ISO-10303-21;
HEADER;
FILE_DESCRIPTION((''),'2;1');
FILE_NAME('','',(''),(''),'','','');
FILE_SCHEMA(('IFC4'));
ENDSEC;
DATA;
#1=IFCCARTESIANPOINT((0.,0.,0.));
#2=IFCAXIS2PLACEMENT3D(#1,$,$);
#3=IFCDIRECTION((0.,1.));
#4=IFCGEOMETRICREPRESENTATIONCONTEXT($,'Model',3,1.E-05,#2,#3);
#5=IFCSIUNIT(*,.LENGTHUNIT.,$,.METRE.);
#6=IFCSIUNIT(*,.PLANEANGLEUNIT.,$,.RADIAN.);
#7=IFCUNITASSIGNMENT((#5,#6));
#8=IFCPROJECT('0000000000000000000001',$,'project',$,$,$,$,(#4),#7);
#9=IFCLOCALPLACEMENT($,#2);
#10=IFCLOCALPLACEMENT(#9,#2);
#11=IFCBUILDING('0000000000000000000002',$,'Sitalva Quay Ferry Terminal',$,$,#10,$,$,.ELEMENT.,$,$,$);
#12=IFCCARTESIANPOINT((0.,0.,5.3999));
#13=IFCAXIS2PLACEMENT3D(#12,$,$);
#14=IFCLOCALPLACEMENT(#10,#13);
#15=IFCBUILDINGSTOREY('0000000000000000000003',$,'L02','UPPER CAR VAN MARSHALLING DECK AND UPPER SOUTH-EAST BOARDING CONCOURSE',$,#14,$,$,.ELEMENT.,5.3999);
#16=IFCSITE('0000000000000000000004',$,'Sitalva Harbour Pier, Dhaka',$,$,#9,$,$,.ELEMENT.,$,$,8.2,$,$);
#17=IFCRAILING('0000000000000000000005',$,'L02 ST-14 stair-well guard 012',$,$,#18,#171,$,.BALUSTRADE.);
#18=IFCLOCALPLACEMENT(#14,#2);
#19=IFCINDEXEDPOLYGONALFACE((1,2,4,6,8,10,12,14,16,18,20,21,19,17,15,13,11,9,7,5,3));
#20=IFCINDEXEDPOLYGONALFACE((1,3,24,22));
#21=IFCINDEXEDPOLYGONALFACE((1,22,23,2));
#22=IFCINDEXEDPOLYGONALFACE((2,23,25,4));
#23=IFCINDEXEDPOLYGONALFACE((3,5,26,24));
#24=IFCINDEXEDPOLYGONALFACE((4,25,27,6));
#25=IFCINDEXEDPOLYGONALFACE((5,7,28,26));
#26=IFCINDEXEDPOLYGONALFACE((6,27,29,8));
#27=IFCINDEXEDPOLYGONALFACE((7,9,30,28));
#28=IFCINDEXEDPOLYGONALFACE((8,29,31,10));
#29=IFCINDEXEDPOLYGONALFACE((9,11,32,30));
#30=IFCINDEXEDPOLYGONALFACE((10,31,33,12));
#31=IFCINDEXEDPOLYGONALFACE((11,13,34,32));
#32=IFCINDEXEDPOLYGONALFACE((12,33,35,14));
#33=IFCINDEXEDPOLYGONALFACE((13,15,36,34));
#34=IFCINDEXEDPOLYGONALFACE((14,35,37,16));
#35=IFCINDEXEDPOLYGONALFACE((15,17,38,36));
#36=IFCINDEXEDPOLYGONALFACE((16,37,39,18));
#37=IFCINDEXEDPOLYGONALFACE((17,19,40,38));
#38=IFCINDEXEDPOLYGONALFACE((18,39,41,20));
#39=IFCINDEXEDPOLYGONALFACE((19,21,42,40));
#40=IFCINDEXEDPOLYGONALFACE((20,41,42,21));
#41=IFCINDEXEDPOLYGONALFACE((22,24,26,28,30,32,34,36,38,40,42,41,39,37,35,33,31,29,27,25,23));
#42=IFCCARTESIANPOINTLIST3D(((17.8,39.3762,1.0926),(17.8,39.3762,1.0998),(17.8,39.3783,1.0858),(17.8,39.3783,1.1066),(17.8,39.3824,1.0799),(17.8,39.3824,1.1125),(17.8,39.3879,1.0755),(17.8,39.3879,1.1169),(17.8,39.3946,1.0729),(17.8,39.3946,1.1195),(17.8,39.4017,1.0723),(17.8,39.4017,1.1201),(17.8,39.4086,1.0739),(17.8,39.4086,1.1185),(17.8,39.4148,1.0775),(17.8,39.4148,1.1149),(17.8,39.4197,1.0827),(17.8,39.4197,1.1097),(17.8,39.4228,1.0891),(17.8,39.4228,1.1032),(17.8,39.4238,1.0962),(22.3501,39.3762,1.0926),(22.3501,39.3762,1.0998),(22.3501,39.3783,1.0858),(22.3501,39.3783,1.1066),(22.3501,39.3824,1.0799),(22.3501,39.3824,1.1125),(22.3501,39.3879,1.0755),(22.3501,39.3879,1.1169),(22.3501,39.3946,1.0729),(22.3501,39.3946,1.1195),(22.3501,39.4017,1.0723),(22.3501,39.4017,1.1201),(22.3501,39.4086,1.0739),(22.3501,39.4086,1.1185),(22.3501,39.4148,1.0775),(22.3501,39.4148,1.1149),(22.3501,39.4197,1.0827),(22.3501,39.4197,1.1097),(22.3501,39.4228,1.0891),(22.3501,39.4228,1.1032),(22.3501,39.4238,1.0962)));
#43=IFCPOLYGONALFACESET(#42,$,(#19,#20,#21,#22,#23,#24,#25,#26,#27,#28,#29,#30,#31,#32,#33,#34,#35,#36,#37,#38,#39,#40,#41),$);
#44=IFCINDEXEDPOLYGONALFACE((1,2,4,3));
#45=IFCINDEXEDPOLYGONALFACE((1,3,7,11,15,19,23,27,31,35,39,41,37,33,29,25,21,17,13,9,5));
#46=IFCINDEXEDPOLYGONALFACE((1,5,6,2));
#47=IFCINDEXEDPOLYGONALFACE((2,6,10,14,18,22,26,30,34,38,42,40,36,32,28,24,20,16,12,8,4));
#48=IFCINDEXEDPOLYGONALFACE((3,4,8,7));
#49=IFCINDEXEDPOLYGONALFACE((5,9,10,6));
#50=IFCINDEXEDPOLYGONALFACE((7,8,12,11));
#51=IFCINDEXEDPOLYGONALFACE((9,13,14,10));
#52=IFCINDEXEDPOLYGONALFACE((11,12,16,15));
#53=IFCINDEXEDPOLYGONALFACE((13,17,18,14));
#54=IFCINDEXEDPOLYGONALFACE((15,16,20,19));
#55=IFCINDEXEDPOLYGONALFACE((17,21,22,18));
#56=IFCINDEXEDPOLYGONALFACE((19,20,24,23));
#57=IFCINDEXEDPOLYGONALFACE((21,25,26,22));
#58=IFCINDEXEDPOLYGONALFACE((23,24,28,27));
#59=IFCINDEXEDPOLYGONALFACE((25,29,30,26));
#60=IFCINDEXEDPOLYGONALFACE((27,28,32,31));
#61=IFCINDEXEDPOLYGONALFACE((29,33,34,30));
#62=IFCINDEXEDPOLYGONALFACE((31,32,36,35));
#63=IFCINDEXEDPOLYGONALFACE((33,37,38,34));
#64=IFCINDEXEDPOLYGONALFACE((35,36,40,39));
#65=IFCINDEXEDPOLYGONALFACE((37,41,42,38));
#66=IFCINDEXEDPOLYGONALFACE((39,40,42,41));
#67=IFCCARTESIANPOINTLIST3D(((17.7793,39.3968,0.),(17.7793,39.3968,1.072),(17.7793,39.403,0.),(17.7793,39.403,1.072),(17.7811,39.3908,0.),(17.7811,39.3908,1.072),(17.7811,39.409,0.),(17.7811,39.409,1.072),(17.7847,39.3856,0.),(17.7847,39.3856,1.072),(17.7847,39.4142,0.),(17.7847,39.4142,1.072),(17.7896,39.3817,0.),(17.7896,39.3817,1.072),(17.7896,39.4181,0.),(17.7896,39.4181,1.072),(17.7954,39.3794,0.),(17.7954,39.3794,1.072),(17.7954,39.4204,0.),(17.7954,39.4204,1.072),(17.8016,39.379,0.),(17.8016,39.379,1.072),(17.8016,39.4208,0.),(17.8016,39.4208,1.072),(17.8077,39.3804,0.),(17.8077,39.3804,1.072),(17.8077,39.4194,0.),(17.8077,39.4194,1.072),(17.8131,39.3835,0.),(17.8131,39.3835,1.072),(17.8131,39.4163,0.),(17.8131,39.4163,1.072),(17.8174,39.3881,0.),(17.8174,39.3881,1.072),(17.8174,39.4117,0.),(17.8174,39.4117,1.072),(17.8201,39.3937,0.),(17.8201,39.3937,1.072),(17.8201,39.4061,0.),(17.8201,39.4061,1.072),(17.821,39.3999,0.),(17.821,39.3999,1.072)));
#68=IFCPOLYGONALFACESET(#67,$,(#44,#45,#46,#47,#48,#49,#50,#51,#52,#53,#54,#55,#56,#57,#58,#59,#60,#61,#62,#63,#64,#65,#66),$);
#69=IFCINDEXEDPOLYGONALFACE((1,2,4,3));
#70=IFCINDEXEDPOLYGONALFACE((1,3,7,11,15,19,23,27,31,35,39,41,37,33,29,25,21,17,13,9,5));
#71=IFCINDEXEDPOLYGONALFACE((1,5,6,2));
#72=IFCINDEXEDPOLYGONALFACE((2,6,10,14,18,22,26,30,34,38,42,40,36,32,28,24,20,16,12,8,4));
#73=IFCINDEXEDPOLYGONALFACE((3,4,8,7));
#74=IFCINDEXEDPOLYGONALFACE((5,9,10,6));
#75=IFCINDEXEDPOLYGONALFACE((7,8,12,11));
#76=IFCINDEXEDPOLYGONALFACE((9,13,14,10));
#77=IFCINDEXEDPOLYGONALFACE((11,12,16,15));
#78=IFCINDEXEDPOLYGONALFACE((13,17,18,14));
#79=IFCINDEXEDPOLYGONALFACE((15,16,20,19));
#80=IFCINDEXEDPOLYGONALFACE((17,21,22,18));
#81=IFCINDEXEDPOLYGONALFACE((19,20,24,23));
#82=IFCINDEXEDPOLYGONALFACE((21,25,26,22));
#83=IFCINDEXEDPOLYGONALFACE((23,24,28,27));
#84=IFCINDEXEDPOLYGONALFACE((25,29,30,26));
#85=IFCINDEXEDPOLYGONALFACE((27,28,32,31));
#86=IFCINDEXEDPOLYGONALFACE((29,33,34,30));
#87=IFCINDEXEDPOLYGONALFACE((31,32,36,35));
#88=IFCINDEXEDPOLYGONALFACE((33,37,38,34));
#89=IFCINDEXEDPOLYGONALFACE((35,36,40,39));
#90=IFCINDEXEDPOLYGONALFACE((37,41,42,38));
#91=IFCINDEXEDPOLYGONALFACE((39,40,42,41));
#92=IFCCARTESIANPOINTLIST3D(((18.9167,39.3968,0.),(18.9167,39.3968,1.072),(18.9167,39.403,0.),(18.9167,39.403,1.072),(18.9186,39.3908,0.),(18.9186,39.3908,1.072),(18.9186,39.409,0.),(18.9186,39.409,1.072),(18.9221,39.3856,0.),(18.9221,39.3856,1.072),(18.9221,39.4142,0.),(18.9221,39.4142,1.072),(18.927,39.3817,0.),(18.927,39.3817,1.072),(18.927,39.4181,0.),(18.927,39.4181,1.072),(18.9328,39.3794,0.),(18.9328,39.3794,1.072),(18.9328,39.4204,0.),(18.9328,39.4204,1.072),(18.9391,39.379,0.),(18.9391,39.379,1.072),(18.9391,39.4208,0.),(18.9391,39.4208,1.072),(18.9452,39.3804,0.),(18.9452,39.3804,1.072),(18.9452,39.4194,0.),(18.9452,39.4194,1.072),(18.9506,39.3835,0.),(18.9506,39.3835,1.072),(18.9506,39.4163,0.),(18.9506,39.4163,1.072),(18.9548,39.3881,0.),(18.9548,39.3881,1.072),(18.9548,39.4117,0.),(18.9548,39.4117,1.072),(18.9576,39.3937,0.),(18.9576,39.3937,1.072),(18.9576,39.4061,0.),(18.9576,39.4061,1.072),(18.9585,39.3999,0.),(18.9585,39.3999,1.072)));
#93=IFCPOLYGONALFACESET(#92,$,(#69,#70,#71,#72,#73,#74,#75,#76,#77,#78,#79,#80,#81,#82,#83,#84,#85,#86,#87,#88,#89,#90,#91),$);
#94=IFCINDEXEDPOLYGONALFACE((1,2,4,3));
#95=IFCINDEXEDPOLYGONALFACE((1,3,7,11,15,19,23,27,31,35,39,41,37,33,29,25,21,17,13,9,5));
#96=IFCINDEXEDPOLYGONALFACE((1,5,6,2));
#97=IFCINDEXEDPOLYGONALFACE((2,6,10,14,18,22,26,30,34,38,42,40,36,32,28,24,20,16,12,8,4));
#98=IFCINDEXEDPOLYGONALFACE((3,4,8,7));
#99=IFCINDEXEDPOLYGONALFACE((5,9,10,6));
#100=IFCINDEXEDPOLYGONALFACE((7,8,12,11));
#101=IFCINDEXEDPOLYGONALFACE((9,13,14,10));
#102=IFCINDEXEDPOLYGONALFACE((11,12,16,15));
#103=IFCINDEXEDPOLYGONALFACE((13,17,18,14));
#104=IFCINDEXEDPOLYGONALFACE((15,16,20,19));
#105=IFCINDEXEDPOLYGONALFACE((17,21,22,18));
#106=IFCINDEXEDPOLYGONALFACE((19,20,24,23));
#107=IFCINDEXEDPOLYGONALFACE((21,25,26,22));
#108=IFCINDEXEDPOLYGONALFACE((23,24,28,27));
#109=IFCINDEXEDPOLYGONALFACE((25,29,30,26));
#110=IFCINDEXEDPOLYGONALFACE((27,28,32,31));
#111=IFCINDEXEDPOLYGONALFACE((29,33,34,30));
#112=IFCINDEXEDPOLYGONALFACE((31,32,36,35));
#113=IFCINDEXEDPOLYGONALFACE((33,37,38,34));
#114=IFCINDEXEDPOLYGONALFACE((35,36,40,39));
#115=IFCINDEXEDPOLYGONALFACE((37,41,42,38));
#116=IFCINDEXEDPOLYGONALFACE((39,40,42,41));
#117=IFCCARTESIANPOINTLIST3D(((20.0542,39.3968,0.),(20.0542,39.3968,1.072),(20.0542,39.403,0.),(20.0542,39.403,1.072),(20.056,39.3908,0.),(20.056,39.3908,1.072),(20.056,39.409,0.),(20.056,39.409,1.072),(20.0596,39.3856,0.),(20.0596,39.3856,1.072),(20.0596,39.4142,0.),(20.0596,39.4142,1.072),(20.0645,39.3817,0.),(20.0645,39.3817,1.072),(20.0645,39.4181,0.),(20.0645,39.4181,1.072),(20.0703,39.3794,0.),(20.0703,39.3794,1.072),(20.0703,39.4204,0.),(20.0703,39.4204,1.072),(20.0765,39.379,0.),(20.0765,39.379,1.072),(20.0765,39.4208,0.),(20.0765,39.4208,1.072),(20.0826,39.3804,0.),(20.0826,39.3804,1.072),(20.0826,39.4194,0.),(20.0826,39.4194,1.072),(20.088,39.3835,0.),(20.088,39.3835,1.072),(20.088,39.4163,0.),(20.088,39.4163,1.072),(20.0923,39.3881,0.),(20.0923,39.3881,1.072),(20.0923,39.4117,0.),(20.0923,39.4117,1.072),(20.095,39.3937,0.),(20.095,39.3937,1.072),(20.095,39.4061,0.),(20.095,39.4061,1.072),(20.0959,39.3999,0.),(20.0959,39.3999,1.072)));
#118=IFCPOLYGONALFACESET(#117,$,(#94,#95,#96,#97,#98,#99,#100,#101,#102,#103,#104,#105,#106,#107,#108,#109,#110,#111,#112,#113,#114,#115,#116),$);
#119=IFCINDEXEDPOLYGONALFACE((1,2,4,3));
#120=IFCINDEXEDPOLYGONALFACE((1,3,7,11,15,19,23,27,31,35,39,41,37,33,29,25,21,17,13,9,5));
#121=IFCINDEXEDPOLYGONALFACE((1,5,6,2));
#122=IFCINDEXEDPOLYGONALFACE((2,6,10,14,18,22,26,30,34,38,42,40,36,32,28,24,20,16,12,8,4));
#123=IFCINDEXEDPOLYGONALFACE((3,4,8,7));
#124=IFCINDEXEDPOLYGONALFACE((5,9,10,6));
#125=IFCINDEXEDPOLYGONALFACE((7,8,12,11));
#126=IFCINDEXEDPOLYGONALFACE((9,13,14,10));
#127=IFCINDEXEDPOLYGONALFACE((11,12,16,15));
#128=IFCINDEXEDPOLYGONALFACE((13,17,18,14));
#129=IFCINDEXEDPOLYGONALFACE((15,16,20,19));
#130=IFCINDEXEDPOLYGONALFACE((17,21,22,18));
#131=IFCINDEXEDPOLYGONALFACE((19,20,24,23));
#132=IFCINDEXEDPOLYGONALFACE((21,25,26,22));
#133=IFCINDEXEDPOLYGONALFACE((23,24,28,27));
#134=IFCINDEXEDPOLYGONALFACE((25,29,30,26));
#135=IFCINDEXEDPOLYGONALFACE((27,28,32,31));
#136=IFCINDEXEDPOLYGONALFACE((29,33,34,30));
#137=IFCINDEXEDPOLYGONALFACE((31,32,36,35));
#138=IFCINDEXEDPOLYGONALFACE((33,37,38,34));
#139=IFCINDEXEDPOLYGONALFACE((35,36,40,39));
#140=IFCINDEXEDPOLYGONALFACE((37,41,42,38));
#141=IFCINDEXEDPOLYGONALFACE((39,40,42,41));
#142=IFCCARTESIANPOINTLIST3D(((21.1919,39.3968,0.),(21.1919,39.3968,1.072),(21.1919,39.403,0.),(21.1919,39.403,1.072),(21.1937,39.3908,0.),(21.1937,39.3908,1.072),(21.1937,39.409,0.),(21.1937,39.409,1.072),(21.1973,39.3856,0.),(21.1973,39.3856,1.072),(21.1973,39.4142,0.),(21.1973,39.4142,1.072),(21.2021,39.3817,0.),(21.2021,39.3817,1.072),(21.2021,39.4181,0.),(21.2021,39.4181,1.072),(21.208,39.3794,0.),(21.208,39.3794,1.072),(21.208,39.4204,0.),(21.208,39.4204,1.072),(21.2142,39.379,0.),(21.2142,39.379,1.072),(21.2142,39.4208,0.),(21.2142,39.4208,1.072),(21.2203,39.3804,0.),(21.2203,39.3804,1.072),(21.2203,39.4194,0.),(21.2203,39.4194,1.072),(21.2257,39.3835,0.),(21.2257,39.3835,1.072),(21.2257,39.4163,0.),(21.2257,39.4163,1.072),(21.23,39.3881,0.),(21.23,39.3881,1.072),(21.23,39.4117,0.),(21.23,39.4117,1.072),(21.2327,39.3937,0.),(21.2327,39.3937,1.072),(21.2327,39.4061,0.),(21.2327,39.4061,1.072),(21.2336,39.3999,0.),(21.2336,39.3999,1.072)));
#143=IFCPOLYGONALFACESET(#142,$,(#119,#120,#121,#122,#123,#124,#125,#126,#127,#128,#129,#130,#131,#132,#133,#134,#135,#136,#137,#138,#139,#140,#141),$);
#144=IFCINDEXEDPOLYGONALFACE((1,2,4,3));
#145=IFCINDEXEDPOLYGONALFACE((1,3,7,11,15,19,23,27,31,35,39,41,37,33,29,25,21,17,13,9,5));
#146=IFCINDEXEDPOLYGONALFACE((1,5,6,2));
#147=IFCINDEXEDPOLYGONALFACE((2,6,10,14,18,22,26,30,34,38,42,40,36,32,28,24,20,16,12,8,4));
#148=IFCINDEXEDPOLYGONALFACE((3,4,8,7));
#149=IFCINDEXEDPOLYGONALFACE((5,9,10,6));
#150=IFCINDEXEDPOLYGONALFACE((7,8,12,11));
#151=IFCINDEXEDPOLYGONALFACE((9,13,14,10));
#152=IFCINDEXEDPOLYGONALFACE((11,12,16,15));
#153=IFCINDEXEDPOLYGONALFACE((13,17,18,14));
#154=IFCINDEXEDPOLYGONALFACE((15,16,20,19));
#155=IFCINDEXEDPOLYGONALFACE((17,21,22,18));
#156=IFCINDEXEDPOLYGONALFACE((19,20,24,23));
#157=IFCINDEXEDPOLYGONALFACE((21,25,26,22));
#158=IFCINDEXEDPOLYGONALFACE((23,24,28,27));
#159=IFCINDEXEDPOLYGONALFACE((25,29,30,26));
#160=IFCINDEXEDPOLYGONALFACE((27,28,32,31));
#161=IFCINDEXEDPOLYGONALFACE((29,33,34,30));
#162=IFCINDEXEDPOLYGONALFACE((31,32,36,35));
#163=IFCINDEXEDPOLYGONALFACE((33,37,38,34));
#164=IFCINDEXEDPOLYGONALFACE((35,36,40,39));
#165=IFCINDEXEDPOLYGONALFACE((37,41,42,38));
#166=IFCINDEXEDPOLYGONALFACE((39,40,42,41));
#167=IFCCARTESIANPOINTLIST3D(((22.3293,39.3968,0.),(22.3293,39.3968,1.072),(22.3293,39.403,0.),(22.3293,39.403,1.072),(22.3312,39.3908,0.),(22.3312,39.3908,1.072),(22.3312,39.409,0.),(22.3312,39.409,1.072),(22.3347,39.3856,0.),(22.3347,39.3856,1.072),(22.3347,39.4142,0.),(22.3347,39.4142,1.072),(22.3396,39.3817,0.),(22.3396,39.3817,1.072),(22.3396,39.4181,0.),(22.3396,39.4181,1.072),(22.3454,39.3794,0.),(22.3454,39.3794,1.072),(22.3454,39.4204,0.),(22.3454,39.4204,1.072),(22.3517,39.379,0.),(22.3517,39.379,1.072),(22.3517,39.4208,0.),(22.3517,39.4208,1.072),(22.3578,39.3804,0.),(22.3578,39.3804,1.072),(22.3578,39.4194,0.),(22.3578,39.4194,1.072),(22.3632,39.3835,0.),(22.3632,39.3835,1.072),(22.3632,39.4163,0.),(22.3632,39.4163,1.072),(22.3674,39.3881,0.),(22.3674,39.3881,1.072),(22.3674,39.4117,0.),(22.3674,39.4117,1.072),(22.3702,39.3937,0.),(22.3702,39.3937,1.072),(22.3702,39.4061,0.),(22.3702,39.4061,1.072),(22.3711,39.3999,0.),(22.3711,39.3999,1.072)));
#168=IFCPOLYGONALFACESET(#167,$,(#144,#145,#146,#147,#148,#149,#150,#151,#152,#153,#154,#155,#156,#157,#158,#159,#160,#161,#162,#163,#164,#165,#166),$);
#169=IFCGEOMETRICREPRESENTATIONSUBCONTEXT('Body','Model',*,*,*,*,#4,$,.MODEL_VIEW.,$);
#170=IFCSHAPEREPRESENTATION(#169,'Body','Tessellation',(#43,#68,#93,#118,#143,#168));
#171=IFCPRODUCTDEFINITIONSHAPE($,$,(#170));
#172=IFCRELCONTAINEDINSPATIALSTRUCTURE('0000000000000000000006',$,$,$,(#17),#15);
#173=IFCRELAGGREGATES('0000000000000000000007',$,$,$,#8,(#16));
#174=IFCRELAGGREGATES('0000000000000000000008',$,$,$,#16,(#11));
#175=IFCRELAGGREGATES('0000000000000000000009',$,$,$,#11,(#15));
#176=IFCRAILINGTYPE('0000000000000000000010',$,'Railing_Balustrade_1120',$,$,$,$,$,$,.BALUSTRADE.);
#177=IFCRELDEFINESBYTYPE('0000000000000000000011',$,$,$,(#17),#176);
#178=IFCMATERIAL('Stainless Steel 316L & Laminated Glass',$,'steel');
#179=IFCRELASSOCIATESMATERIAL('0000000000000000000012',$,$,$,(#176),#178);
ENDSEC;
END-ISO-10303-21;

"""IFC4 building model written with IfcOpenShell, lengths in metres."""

from ifc_helpers import new_model, si_unit, direction, frame, origin, origin_2d, place, context, subcontext, project, spatial, circle, extrude, material, type_object, element, save


model = new_model("IFC4")

# Units and contexts
model_context = context("Model", 3, precision=1e-05, world=origin(), true_north=direction((0.0, 1.0)))
body_context = subcontext(model_context, "Body", "Model", "MODEL_VIEW")
ifc_project = project(units=[si_unit("LENGTHUNIT", "METRE"), si_unit("PLANEANGLEUNIT", "RADIAN")], contexts=[model_context])

# Site, building, storey
site_placement = place(None, origin())
site = spatial("IfcSite", under=ifc_project, at=site_placement, Name="Sitalva Harbour Pier, Dhaka", CompositionType="ELEMENT", RefElevation=8.2)
building_placement = place(site_placement, origin())
building = spatial("IfcBuilding", under=site, at=building_placement, Name="Sitalva Quay Ferry Terminal", CompositionType="ELEMENT")
storey_placement = place(building_placement, frame((0.0, 0.0, 5.3999)))
storey = spatial("IfcBuildingStorey", under=building, at=storey_placement, Name="L02", Description="UPPER CAR VAN MARSHALLING DECK AND UPPER SOUTH-EAST BOARDING CONCOURSE", CompositionType="ELEMENT", Elevation=5.3999)

# Railing
ifc_material_1 = material(Name="Stainless Steel 316L & Laminated Glass", Category="steel")
railing_type = type_object("IfcRailingType", Name="Railing_Balustrade_1120", PredefinedType="BALUSTRADE", material=ifc_material_1)
railing_1_placement = place(storey_placement, frame((17.8, 39.3999, 0.0)))
element("IfcRailing", 1, at=railing_1_placement, inside=storey, type_object=railing_type, Name="L02 ST-14 stair-well guard 012", PredefinedType="BALUSTRADE", context=body_context, shape_type="SweptSolid", body=[
    extrude(circle(Radius=0.0239, at=origin_2d()), frame((0.0, 0.0, 1.0962), z_axis=(1.0, 0.0, 0.0), x_axis=(0.0, 1.0, 0.0)), (0.0, 0.0, 1.0), 4.55),
    extrude(circle(Radius=0.021, at=origin_2d()), origin(), (0.0, 0.0, 1.0), 1.072),
    extrude(circle(Radius=0.021, at=origin_2d()), frame((1.1375, 0.0, 0.0)), (0.0, 0.0, 1.0), 1.072),
    extrude(circle(Radius=0.021, at=origin_2d()), frame((2.2749, 0.0, 0.0)), (0.0, 0.0, 1.0), 1.072),
    extrude(circle(Radius=0.021, at=origin_2d()), frame((3.4126, 0.0, 0.0)), (0.0, 0.0, 1.0), 1.072),
    extrude(circle(Radius=0.021, at=origin_2d()), frame((4.55, 0.0, 0.0)), (0.0, 0.0, 1.0), 1.072),
])

save(model, "model.ifc")
